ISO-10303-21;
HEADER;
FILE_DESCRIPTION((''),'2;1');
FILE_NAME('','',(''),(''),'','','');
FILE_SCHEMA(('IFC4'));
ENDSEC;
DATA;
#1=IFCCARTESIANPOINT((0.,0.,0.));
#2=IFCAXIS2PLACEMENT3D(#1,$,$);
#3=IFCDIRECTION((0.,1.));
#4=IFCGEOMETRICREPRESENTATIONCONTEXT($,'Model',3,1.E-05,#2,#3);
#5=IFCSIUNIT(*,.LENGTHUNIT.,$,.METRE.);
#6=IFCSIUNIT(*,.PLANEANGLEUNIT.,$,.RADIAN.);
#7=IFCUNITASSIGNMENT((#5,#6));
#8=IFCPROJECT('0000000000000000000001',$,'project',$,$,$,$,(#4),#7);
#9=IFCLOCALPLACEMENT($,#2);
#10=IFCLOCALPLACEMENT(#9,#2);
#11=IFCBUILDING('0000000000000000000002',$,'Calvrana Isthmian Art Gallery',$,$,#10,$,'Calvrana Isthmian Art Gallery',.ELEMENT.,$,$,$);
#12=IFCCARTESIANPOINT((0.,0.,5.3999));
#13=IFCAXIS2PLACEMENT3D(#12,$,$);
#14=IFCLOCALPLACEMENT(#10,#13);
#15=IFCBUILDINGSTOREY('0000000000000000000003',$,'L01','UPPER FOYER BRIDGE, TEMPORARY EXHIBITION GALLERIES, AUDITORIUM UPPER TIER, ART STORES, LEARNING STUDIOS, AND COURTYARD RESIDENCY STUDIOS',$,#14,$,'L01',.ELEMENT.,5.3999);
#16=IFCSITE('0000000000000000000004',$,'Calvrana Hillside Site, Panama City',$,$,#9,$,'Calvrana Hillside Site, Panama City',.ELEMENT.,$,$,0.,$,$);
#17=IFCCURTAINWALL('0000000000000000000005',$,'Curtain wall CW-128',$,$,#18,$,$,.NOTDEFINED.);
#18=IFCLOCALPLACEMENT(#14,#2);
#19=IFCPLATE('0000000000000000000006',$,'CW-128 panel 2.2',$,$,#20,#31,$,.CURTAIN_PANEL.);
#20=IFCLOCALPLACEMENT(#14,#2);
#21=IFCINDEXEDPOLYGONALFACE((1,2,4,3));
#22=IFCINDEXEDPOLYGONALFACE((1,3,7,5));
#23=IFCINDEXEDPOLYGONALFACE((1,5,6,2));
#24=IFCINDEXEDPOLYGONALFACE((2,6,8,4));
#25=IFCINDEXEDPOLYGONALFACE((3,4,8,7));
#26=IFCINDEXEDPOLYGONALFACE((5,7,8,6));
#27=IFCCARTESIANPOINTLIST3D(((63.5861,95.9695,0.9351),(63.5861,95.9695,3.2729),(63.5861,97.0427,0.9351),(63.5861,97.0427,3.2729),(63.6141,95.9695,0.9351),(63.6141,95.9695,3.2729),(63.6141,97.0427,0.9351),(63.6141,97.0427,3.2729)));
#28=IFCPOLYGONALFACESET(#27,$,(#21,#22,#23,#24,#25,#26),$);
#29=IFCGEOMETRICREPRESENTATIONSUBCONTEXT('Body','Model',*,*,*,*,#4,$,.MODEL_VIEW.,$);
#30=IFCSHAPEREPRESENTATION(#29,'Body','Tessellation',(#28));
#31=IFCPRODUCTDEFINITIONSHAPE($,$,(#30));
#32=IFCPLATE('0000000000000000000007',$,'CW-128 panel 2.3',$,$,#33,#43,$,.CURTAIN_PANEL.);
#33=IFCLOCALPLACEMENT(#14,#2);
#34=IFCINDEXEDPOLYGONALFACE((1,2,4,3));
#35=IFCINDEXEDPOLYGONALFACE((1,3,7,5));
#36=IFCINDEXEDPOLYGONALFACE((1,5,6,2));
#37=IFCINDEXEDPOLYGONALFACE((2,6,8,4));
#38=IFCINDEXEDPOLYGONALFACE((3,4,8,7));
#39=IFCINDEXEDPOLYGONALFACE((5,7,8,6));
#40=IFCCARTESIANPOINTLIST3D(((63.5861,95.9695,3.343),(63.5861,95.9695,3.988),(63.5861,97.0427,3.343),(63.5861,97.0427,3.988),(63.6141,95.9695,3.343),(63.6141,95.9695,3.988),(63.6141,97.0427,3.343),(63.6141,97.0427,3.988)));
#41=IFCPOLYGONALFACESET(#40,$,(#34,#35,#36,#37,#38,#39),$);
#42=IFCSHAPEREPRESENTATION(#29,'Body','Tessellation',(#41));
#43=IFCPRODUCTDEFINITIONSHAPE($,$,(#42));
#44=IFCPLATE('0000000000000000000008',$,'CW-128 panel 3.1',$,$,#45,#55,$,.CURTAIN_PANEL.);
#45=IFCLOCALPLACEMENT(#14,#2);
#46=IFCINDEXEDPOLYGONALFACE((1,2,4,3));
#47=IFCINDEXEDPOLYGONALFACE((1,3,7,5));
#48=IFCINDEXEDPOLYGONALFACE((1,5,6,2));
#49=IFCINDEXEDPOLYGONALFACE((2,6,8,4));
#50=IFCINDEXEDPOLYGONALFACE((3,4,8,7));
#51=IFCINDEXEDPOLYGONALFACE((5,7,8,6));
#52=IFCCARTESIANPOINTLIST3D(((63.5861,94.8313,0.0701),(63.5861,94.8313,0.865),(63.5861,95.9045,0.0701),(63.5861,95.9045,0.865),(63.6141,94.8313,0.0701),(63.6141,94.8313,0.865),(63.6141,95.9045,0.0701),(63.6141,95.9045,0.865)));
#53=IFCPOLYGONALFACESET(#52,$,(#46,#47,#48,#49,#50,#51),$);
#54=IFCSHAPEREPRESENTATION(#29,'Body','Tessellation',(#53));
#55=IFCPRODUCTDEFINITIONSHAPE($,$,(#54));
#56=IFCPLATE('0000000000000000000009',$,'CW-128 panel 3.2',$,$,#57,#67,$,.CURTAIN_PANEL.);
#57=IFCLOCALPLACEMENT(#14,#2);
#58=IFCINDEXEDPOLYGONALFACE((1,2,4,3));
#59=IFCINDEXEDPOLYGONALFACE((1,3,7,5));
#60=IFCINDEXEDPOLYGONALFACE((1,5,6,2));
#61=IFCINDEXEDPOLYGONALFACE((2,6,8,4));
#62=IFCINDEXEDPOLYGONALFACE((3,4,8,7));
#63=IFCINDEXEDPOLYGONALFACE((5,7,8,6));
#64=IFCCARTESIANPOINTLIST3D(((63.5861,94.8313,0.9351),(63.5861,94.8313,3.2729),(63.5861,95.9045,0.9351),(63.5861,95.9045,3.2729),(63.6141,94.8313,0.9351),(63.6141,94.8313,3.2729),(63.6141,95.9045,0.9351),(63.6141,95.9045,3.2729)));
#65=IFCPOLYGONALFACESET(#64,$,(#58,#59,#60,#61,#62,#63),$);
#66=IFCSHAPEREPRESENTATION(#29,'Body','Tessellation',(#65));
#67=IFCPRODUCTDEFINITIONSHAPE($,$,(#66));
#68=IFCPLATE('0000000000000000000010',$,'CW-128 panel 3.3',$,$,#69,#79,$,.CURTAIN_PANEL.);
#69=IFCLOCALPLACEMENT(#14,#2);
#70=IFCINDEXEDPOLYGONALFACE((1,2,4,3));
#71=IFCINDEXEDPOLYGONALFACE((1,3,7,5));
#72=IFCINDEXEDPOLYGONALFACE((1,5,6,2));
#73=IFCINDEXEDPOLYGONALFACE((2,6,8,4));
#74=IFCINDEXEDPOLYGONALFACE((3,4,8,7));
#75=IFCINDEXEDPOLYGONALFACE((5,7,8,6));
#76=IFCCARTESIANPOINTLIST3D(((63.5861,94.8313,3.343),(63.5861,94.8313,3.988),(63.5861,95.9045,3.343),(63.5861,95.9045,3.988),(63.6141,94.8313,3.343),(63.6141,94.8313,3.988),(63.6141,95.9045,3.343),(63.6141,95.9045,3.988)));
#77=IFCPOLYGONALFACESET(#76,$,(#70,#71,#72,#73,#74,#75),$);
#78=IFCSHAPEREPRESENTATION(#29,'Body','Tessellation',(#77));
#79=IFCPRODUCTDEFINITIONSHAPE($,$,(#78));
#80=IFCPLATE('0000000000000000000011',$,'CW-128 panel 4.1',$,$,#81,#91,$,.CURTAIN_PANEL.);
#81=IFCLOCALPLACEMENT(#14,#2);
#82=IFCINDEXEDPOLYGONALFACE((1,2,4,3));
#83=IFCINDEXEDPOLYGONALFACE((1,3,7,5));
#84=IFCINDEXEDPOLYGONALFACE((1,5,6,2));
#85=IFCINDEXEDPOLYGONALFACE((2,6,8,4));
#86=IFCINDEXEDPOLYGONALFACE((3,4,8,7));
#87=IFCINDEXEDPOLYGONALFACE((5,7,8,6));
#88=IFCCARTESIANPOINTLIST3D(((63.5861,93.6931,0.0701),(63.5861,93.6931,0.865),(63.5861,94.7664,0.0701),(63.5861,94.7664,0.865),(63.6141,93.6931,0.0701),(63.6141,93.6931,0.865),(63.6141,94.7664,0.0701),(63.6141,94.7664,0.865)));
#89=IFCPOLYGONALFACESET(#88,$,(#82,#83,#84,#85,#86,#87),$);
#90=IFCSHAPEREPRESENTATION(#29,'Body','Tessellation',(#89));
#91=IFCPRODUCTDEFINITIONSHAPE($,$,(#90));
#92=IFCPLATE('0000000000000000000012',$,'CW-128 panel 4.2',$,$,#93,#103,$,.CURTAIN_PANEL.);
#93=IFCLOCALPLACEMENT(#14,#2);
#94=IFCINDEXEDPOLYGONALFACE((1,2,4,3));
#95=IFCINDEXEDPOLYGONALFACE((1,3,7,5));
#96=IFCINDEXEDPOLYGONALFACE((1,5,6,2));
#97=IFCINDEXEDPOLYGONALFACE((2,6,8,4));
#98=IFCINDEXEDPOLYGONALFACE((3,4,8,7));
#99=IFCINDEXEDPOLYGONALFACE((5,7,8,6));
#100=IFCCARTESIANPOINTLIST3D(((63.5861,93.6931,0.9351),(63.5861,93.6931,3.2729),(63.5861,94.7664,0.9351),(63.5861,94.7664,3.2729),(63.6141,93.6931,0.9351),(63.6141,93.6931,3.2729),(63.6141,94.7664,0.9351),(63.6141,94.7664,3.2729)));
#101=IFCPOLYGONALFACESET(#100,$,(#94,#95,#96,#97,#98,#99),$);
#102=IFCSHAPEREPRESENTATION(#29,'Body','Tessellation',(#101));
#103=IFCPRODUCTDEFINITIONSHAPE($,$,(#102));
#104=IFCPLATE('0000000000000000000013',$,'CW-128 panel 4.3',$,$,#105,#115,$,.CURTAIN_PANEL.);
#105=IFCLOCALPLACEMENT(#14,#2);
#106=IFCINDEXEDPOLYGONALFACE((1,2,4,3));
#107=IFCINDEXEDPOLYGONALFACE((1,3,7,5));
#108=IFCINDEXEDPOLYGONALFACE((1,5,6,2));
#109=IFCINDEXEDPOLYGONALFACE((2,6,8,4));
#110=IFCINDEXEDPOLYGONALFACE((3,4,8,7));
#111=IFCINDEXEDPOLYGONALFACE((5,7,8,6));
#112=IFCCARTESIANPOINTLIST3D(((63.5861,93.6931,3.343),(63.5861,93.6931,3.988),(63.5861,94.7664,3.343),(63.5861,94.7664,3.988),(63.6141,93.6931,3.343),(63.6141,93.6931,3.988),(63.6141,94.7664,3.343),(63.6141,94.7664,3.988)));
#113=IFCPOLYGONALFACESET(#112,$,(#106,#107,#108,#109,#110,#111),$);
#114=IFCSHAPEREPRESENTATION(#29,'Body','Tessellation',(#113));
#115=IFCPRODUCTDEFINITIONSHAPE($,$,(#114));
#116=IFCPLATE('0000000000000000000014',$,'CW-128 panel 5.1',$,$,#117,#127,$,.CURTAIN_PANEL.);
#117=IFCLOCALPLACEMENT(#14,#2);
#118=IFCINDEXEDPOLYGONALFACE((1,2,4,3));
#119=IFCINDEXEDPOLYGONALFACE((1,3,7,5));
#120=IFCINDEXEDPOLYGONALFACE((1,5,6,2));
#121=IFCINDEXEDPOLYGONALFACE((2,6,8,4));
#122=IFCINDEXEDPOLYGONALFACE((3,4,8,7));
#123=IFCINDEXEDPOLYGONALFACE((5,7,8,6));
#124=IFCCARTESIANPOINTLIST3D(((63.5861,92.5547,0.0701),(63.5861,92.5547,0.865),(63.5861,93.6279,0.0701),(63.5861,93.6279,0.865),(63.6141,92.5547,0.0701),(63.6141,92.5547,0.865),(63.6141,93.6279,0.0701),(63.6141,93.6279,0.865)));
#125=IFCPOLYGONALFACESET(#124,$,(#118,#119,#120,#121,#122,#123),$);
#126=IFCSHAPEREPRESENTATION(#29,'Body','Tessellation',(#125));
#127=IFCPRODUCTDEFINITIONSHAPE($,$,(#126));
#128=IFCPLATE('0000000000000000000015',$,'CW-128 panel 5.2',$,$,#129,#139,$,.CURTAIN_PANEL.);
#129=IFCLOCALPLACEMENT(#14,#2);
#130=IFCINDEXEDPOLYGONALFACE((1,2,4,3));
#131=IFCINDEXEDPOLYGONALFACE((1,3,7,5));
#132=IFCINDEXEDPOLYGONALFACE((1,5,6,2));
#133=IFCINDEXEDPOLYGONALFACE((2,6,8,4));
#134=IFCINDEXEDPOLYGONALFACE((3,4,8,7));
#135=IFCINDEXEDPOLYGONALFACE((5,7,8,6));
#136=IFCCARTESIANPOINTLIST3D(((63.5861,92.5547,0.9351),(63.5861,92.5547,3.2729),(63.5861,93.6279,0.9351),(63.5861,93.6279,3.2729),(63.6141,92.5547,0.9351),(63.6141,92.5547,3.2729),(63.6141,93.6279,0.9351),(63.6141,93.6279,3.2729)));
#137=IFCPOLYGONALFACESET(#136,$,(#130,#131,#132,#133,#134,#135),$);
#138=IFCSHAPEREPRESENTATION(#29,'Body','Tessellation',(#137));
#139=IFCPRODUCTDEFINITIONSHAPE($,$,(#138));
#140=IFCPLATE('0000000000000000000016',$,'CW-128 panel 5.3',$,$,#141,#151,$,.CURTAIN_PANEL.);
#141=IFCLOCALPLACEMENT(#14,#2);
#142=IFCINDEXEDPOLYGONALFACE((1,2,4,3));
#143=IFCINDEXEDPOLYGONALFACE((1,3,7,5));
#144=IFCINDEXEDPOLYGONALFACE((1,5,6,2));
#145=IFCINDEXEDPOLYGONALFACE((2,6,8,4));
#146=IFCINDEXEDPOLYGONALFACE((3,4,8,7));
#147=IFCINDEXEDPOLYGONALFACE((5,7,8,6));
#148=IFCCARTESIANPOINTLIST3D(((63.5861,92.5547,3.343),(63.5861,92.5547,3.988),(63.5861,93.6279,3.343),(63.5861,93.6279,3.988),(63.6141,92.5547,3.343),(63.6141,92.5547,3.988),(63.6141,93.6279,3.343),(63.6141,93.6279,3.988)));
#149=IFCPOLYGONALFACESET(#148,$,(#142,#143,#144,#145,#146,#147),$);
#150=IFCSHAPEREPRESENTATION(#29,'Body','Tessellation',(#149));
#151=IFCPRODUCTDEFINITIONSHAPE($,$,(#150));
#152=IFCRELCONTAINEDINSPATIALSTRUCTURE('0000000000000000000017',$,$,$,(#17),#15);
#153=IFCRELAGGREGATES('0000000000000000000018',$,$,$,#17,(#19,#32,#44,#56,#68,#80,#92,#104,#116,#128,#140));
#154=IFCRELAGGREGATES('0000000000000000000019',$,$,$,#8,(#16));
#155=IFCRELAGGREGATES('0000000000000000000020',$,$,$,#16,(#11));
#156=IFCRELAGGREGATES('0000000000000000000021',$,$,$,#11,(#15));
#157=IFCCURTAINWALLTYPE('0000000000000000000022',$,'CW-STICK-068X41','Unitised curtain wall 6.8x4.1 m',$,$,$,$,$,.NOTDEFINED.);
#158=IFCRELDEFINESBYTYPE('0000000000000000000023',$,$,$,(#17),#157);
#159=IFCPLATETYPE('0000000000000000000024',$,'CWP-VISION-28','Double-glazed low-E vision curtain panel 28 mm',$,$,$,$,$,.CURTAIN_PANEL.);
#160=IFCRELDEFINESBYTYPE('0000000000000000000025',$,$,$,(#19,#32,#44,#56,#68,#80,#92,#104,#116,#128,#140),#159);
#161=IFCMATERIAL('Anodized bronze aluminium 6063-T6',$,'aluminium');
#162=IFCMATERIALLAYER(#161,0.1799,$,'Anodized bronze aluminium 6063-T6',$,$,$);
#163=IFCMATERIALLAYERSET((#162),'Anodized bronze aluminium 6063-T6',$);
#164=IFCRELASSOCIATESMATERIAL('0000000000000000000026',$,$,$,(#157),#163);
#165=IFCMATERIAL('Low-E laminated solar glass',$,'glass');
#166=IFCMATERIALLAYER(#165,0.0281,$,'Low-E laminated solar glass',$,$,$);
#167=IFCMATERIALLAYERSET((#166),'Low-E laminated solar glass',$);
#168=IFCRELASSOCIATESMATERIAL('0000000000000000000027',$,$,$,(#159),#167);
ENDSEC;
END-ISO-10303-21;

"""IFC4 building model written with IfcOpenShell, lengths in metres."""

from ifc_helpers import new_model, si_unit, direction, frame, origin, origin_2d, place, context, subcontext, project, spatial, rectangle, extrude, material, layer, layer_set, type_object, element, aggregate, save


model = new_model("IFC4")

# Units and contexts
model_context = context("Model", 3, precision=1e-05, world=origin(), true_north=direction((0.0, 1.0)))
body_context = subcontext(model_context, "Body", "Model", "MODEL_VIEW")
ifc_project = project(units=[si_unit("LENGTHUNIT", "METRE"), si_unit("PLANEANGLEUNIT", "RADIAN")], contexts=[model_context])

# Site, building, storey
site_placement = place(None, origin())
site = spatial("IfcSite", under=ifc_project, at=site_placement, Name="Calvrana Hillside Site, Panama City", LongName="Calvrana Hillside Site, Panama City", CompositionType="ELEMENT", RefElevation=0.0)
building_placement = place(site_placement, origin())
building = spatial("IfcBuilding", under=site, at=building_placement, Name="Calvrana Isthmian Art Gallery", LongName="Calvrana Isthmian Art Gallery", CompositionType="ELEMENT")
storey_placement = place(building_placement, frame((0.0, 0.0, 5.3999)))
storey = spatial("IfcBuildingStorey", under=building, at=storey_placement, Name="L01", Description="UPPER FOYER BRIDGE, TEMPORARY EXHIBITION GALLERIES, AUDITORIUM UPPER TIER, ART STORES, LEARNING STUDIOS, AND COURTYARD RESIDENCY STUDIOS", LongName="L01", CompositionType="ELEMENT", Elevation=5.3999)

# Curtain wall, plates
ifc_material_1 = material(Name="Anodized bronze aluminium 6063-T6", Category="aluminium")
ifc_layer_1 = layer(ifc_material_1, 0.1799, Name="Anodized bronze aluminium 6063-T6")
ifc_layer_set_1 = layer_set([ifc_layer_1], Name="Anodized bronze aluminium 6063-T6")
curtain_wall_type = type_object("IfcCurtainWallType", Name="CW-STICK-068X41", Description="Unitised curtain wall 6.8x4.1 m", PredefinedType="NOTDEFINED", material=ifc_layer_set_1)
curtain_wall_placement = place(storey_placement, origin())
curtain_wall = element("IfcCurtainWall", 1, at=curtain_wall_placement, inside=storey, type_object=curtain_wall_type, Name="Curtain wall CW-128", PredefinedType="NOTDEFINED")
ifc_material_2 = material(Name="Low-E laminated solar glass", Category="glass")
ifc_layer_2 = layer(ifc_material_2, 0.0281, Name="Low-E laminated solar glass")
ifc_layer_set_2 = layer_set([ifc_layer_2], Name="Low-E laminated solar glass")
plate_type = type_object("IfcPlateType", Name="CWP-VISION-28", Description="Double-glazed low-E vision curtain panel 28 mm", PredefinedType="CURTAIN_PANEL", material=ifc_layer_set_2)
plate_1_placement = place(storey_placement, frame((63.6001, 96.5061, 0.9351), z_axis=(0.0, 0.0, 1.0), x_axis=(0.0, -1.0, 0.0)))
plate_1 = element("IfcPlate", 2, at=plate_1_placement, type_object=plate_type, Name="CW-128 panel 2.2", PredefinedType="CURTAIN_PANEL", context=body_context, shape_type="SweptSolid", body=[
    extrude(rectangle(XDim=1.0732, YDim=0.0281, at=origin_2d()), origin(), (0.0, 0.0, 1.0), 2.3379),
])
plate_2_placement = place(storey_placement, frame((63.6001, 96.5061, 3.343), z_axis=(0.0, 0.0, 1.0), x_axis=(0.0, -1.0, 0.0)))
plate_2 = element("IfcPlate", 3, at=plate_2_placement, type_object=plate_type, Name="CW-128 panel 2.3", PredefinedType="CURTAIN_PANEL", context=body_context, shape_type="SweptSolid", body=[
    extrude(rectangle(XDim=1.0732, YDim=0.0281, at=origin_2d()), origin(), (0.0, 0.0, 1.0), 0.645),
])
plate_3_placement = place(storey_placement, frame((63.6001, 95.3679, 0.0701), z_axis=(0.0, 0.0, 1.0), x_axis=(0.0, -1.0, 0.0)))
plate_3 = element("IfcPlate", 4, at=plate_3_placement, type_object=plate_type, Name="CW-128 panel 3.1", PredefinedType="CURTAIN_PANEL", context=body_context, shape_type="SweptSolid", body=[
    extrude(rectangle(XDim=1.0732, YDim=0.0281, at=origin_2d()), origin(), (0.0, 0.0, 1.0), 0.7949),
])
plate_4_placement = place(storey_placement, frame((63.6001, 95.3679, 0.9351), z_axis=(0.0, 0.0, 1.0), x_axis=(0.0, -1.0, 0.0)))
plate_4 = element("IfcPlate", 5, at=plate_4_placement, type_object=plate_type, Name="CW-128 panel 3.2", PredefinedType="CURTAIN_PANEL", context=body_context, shape_type="SweptSolid", body=[
    extrude(rectangle(XDim=1.0732, YDim=0.0281, at=origin_2d()), origin(), (0.0, 0.0, 1.0), 2.3379),
])
plate_5_placement = place(storey_placement, frame((63.6001, 95.3679, 3.343), z_axis=(0.0, 0.0, 1.0), x_axis=(0.0, -1.0, 0.0)))
plate_5 = element("IfcPlate", 6, at=plate_5_placement, type_object=plate_type, Name="CW-128 panel 3.3", PredefinedType="CURTAIN_PANEL", context=body_context, shape_type="SweptSolid", body=[
    extrude(rectangle(XDim=1.0732, YDim=0.0281, at=origin_2d()), origin(), (0.0, 0.0, 1.0), 0.645),
])
plate_6_placement = place(storey_placement, frame((63.6001, 94.2297, 0.0701), z_axis=(0.0, 0.0, 1.0), x_axis=(0.0, -1.0, 0.0)))
plate_6 = element("IfcPlate", 7, at=plate_6_placement, type_object=plate_type, Name="CW-128 panel 4.1", PredefinedType="CURTAIN_PANEL", context=body_context, shape_type="SweptSolid", body=[
    extrude(rectangle(XDim=1.0732, YDim=0.0281, at=origin_2d()), origin(), (0.0, 0.0, 1.0), 0.7949),
])
plate_7_placement = place(storey_placement, frame((63.6001, 94.2297, 0.9351), z_axis=(0.0, 0.0, 1.0), x_axis=(0.0, -1.0, 0.0)))
plate_7 = element("IfcPlate", 8, at=plate_7_placement, type_object=plate_type, Name="CW-128 panel 4.2", PredefinedType="CURTAIN_PANEL", context=body_context, shape_type="SweptSolid", body=[
    extrude(rectangle(XDim=1.0732, YDim=0.0281, at=origin_2d()), origin(), (0.0, 0.0, 1.0), 2.3379),
])
plate_8_placement = place(storey_placement, frame((63.6001, 94.2297, 3.343), z_axis=(0.0, 0.0, 1.0), x_axis=(0.0, -1.0, 0.0)))
plate_8 = element("IfcPlate", 9, at=plate_8_placement, type_object=plate_type, Name="CW-128 panel 4.3", PredefinedType="CURTAIN_PANEL", context=body_context, shape_type="SweptSolid", body=[
    extrude(rectangle(XDim=1.0732, YDim=0.0281, at=origin_2d()), origin(), (0.0, 0.0, 1.0), 0.645),
])
plate_9_placement = place(storey_placement, frame((63.6001, 93.0913, 0.0701), z_axis=(0.0, 0.0, 1.0), x_axis=(0.0, -1.0, 0.0)))
plate_9 = element("IfcPlate", 10, at=plate_9_placement, type_object=plate_type, Name="CW-128 panel 5.1", PredefinedType="CURTAIN_PANEL", context=body_context, shape_type="SweptSolid", body=[
    extrude(rectangle(XDim=1.0732, YDim=0.0281, at=origin_2d()), origin(), (0.0, 0.0, 1.0), 0.7949),
])
plate_10_placement = place(storey_placement, frame((63.6001, 93.0913, 0.9351), z_axis=(0.0, 0.0, 1.0), x_axis=(0.0, -1.0, 0.0)))
plate_10 = element("IfcPlate", 11, at=plate_10_placement, type_object=plate_type, Name="CW-128 panel 5.2", PredefinedType="CURTAIN_PANEL", context=body_context, shape_type="SweptSolid", body=[
    extrude(rectangle(XDim=1.0732, YDim=0.0281, at=origin_2d()), origin(), (0.0, 0.0, 1.0), 2.3379),
])
plate_11_placement = place(storey_placement, frame((63.6001, 93.0913, 3.343), z_axis=(0.0, 0.0, 1.0), x_axis=(0.0, -1.0, 0.0)))
plate_11 = element("IfcPlate", 12, at=plate_11_placement, type_object=plate_type, Name="CW-128 panel 5.3", PredefinedType="CURTAIN_PANEL", context=body_context, shape_type="SweptSolid", body=[
    extrude(rectangle(XDim=1.0732, YDim=0.0281, at=origin_2d()), origin(), (0.0, 0.0, 1.0), 0.645),
])
aggregate(curtain_wall, [plate_1, plate_2, plate_3, plate_4, plate_5, plate_6, plate_7, plate_8, plate_9, plate_10, plate_11])

save(model, "model.ifc")
